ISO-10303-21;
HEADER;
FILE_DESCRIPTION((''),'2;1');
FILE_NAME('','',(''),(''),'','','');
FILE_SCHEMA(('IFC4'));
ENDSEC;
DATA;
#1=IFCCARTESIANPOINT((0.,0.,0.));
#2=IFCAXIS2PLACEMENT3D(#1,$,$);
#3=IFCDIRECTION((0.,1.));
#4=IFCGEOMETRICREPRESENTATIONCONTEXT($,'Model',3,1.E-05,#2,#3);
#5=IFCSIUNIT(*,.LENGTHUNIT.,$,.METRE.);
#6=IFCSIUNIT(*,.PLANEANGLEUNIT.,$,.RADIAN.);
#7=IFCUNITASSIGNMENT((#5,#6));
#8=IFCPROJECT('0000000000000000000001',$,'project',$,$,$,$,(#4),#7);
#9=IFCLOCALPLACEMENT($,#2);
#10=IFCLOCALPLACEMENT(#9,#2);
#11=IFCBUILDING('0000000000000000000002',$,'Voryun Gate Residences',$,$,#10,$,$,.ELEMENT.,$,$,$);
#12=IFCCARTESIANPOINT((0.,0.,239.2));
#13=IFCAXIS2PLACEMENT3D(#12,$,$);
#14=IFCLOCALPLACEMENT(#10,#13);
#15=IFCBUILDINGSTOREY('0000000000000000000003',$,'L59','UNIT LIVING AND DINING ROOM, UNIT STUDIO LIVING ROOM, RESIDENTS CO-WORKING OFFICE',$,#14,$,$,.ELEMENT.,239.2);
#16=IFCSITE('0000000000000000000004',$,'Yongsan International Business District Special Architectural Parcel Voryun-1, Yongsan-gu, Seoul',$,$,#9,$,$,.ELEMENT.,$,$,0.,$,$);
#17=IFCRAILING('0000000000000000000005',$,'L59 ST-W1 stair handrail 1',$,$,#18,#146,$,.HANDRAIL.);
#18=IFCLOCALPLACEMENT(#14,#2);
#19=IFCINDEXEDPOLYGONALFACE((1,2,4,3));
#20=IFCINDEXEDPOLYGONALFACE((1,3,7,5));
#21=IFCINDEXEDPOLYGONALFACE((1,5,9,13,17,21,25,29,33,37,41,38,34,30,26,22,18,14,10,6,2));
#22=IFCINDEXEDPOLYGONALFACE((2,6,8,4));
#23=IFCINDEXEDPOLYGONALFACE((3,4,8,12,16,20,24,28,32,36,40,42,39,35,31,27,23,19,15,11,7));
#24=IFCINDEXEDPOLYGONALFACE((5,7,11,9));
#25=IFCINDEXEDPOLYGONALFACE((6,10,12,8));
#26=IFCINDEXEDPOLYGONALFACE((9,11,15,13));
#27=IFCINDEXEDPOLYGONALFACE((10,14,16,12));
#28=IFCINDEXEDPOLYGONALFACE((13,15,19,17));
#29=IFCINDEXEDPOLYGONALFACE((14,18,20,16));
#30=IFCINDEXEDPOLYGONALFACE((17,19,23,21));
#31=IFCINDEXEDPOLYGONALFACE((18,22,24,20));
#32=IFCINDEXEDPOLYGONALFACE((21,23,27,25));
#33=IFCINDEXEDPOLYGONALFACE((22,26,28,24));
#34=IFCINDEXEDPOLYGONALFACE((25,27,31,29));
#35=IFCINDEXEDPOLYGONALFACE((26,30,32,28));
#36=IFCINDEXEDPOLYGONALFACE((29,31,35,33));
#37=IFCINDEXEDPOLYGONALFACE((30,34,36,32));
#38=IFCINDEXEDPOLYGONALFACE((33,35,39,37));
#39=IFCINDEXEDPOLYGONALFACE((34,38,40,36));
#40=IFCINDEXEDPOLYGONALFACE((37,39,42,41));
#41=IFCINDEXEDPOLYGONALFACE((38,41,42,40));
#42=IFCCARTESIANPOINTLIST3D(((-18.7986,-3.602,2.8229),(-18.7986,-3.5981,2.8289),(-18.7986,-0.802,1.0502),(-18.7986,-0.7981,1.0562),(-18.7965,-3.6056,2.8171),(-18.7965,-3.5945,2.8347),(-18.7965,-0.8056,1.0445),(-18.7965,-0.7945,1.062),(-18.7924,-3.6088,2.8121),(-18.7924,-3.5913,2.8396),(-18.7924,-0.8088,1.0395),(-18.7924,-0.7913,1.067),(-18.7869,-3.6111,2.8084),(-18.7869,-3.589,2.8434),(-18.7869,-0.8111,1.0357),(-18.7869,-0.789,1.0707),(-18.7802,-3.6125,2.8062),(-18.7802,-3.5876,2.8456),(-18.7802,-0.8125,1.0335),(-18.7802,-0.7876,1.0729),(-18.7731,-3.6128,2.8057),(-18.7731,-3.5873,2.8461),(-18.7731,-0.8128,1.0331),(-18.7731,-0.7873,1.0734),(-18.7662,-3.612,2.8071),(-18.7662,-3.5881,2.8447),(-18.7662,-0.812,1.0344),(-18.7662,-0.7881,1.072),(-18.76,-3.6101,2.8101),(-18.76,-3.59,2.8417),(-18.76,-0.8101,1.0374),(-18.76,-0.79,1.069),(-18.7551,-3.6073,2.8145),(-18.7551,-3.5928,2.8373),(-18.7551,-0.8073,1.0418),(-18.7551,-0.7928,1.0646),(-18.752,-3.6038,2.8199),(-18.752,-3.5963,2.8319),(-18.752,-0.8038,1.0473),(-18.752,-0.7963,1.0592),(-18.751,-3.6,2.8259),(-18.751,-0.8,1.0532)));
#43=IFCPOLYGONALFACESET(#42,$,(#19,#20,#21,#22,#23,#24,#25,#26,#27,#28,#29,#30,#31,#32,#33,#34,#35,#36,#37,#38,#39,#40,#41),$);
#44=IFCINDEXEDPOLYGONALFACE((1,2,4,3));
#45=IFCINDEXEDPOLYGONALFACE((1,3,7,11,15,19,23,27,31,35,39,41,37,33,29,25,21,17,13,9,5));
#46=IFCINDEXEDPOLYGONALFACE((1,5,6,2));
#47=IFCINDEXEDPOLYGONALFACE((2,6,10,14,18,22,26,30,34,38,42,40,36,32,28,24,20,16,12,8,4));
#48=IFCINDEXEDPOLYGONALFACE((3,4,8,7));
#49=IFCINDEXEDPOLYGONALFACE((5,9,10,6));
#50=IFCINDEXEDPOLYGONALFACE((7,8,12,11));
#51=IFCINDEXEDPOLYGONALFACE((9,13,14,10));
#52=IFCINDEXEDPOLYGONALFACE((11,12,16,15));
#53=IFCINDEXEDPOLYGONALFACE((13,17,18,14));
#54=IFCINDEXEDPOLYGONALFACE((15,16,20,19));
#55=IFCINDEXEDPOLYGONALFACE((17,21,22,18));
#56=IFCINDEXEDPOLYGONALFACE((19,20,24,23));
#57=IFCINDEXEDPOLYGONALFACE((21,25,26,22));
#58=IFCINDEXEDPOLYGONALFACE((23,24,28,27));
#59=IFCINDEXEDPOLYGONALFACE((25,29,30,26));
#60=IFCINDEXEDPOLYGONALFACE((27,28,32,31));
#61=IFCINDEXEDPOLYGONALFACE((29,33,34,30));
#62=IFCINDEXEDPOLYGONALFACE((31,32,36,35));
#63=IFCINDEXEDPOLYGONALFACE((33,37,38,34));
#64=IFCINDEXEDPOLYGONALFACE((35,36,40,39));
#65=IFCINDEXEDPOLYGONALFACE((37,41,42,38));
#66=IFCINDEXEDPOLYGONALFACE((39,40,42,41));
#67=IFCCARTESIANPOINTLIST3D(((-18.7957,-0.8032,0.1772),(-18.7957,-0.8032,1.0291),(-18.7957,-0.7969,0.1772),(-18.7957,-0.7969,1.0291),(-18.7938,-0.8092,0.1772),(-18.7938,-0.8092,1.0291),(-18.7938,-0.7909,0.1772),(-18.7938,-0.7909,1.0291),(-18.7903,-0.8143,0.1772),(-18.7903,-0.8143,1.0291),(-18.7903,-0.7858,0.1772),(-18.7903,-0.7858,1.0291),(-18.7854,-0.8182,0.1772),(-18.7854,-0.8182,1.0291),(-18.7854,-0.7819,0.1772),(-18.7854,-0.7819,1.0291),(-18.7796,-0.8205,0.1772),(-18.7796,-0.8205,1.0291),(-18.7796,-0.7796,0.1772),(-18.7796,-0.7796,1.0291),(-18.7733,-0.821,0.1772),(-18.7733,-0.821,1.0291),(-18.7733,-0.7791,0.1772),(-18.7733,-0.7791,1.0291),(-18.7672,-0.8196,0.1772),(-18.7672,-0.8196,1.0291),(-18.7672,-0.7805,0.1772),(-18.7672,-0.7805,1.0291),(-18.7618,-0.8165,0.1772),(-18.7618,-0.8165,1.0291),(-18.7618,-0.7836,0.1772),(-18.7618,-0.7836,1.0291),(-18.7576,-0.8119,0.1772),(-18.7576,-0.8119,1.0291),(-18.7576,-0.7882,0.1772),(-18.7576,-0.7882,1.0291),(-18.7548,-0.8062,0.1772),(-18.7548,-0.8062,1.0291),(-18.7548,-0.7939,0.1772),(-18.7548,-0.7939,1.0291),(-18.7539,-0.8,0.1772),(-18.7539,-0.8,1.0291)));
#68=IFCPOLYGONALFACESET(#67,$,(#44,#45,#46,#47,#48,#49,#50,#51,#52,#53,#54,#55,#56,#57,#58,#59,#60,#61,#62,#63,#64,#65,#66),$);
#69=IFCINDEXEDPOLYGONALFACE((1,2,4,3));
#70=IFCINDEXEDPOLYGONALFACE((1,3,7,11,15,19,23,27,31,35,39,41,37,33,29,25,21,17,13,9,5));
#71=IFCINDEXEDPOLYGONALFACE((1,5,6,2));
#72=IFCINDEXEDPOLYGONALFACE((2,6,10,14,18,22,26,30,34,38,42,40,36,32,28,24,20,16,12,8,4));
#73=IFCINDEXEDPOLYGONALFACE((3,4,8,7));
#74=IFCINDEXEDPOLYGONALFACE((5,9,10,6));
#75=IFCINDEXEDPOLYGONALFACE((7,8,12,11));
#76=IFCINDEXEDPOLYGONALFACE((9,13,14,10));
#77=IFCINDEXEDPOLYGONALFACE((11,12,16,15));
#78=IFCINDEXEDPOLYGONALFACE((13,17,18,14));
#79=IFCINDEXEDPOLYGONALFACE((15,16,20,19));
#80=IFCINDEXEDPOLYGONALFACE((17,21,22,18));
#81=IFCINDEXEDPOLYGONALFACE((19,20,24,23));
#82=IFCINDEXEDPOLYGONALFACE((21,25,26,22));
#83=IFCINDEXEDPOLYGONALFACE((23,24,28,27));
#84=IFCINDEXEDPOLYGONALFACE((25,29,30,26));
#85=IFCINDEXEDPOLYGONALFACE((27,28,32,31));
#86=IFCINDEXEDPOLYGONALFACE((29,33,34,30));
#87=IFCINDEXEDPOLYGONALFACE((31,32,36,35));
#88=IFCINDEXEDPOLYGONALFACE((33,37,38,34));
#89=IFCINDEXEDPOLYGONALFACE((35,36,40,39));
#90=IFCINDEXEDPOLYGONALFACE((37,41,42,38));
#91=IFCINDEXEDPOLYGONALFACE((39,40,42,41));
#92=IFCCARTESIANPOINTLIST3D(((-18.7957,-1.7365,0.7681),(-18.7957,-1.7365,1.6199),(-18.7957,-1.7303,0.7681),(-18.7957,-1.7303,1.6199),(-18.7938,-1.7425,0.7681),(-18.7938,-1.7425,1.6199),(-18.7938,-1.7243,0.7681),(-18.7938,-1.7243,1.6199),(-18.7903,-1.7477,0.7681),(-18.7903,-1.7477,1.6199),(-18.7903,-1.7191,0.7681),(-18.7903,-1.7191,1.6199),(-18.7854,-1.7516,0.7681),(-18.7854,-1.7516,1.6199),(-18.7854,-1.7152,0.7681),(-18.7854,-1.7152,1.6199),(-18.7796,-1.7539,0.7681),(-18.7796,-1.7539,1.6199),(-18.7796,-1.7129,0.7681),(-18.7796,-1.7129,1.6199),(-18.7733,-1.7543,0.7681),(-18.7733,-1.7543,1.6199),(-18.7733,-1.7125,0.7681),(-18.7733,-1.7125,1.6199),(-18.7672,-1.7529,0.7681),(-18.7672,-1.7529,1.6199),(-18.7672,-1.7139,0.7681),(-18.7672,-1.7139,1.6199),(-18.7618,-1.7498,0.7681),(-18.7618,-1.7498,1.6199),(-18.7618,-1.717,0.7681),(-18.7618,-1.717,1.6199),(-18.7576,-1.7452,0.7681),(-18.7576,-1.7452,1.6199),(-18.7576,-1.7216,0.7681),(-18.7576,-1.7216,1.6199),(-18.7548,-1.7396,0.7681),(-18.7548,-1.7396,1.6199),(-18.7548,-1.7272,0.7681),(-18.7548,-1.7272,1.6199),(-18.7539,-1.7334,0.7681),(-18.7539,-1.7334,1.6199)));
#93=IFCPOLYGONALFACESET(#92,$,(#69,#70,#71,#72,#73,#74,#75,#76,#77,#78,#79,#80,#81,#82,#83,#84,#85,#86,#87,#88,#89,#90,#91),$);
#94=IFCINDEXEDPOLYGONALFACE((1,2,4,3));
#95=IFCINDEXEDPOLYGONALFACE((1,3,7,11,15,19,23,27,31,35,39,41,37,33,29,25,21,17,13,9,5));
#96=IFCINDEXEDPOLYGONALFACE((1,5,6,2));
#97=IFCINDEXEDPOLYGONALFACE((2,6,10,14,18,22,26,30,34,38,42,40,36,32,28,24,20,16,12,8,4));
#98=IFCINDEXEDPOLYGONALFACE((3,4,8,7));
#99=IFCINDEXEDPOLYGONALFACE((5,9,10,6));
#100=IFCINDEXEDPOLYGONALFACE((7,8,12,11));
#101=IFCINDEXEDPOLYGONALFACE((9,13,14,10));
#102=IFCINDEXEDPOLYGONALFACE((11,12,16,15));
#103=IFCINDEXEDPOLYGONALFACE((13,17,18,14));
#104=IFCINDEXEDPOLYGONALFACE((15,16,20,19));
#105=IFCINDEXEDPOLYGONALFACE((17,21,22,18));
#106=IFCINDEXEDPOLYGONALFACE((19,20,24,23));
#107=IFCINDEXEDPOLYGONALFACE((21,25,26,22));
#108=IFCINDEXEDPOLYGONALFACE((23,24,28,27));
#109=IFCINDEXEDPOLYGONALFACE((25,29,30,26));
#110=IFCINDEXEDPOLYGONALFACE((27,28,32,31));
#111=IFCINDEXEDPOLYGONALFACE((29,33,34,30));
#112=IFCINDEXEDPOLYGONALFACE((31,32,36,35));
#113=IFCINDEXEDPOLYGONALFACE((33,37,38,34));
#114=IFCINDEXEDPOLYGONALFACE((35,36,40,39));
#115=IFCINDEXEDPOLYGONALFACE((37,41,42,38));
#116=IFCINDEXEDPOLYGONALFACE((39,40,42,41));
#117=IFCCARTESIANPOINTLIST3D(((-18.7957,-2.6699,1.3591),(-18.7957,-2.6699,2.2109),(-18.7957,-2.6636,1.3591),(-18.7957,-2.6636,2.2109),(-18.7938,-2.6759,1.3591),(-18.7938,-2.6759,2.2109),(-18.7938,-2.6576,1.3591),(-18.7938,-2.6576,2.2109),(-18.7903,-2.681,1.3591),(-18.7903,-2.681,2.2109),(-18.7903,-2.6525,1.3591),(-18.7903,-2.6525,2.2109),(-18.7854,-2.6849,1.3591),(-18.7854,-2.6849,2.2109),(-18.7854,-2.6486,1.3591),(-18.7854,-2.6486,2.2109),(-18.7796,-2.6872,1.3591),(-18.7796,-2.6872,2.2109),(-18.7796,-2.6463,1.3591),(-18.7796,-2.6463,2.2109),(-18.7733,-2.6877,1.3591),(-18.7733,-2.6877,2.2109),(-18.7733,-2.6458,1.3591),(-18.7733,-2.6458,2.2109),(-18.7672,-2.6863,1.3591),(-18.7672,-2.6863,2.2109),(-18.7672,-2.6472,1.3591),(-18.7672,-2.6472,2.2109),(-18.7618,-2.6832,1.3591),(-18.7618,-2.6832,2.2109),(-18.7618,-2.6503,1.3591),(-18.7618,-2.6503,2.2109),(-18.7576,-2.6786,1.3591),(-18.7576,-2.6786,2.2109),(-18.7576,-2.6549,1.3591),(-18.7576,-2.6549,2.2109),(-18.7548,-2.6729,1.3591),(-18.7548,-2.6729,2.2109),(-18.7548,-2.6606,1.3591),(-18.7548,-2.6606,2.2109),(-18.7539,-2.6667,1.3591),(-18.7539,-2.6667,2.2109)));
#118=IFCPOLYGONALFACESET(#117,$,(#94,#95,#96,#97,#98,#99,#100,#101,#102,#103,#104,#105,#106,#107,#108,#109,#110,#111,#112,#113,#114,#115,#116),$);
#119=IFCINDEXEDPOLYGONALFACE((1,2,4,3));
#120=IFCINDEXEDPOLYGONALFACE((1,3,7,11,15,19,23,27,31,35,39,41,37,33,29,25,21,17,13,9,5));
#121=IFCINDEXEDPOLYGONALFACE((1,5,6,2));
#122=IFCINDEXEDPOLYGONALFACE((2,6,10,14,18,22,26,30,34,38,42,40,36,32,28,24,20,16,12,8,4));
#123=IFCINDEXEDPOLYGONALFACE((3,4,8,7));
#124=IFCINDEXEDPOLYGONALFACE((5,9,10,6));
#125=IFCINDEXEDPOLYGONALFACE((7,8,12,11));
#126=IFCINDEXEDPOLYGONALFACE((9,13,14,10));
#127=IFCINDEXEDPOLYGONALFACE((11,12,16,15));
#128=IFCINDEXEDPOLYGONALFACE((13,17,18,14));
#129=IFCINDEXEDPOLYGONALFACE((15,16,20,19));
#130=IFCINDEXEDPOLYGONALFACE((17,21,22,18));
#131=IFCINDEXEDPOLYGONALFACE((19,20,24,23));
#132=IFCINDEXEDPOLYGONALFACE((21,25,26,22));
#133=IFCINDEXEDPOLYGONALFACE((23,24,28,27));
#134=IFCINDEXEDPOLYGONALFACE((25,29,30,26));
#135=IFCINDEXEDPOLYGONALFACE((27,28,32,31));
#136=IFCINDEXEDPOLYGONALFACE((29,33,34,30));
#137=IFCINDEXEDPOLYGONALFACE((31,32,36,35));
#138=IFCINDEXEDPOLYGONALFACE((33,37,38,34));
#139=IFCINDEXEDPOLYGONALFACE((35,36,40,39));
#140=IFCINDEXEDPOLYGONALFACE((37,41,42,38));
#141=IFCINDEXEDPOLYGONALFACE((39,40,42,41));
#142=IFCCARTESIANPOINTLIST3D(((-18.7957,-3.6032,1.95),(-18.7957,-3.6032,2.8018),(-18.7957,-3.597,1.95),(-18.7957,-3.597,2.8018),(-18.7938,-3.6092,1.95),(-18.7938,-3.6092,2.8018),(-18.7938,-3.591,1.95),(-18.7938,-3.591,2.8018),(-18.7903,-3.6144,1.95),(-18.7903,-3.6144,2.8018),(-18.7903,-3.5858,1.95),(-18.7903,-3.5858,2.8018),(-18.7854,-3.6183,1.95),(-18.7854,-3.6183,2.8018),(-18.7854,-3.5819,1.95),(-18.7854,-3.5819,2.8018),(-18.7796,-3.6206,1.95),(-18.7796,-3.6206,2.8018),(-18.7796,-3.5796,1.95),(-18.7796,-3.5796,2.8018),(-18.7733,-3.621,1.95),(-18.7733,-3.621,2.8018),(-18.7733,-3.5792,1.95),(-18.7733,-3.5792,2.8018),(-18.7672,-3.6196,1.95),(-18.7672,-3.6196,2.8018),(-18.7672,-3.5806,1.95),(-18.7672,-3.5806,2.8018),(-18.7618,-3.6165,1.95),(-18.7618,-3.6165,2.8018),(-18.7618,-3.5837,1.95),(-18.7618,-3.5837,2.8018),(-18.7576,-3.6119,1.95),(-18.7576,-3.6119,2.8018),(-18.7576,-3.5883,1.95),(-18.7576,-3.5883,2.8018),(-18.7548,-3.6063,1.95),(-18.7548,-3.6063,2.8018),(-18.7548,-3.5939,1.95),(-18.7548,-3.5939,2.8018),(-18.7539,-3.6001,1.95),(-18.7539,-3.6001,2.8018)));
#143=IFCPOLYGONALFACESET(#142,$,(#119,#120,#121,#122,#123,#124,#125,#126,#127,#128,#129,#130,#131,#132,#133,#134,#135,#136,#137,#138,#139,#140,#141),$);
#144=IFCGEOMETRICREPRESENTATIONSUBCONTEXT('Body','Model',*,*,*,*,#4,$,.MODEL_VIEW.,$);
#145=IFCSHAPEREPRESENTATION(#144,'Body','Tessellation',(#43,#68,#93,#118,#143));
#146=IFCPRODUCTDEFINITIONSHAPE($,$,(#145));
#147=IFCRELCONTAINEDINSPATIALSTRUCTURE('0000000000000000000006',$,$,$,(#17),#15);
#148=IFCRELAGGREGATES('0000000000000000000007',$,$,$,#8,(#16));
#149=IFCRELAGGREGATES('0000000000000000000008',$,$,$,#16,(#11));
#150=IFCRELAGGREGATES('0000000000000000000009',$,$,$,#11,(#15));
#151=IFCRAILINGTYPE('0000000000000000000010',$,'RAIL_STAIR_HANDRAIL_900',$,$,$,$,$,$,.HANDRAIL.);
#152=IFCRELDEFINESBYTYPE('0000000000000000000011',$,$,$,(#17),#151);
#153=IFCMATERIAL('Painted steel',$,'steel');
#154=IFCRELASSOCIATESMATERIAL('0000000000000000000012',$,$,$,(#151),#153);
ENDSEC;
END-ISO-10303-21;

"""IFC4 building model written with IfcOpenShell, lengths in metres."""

from ifc_helpers import new_model, si_unit, direction, frame, origin, origin_2d, place, context, subcontext, project, spatial, circle, extrude, material, type_object, element, save


model = new_model("IFC4")

# Units and contexts
model_context = context("Model", 3, precision=1e-05, world=origin(), true_north=direction((0.0, 1.0)))
body_context = subcontext(model_context, "Body", "Model", "MODEL_VIEW")
ifc_project = project(units=[si_unit("LENGTHUNIT", "METRE"), si_unit("PLANEANGLEUNIT", "RADIAN")], contexts=[model_context])

# Site, building, storey
site_placement = place(None, origin())
site = spatial("IfcSite", under=ifc_project, at=site_placement, Name="Yongsan International Business District Special Architectural Parcel Voryun-1, Yongsan-gu, Seoul", CompositionType="ELEMENT", RefElevation=0.0)
building_placement = place(site_placement, origin())
building = spatial("IfcBuilding", under=site, at=building_placement, Name="Voryun Gate Residences", CompositionType="ELEMENT")
storey_placement = place(building_placement, frame((0.0, 0.0, 239.2)))
storey = spatial("IfcBuildingStorey", under=building, at=storey_placement, Name="L59", Description="UNIT LIVING AND DINING ROOM, UNIT STUDIO LIVING ROOM, RESIDENTS CO-WORKING OFFICE", CompositionType="ELEMENT", Elevation=239.2)

# Railing
ifc_material_1 = material(Name="Painted steel", Category="steel")
railing_type_1 = type_object("IfcRailingType", Name="RAIL_STAIR_HANDRAIL_900", PredefinedType="HANDRAIL", material=ifc_material_1)
railing_1_placement = place(storey_placement, frame((-18.7749, -0.8, 0.1772)))
element("IfcRailing", 1, at=railing_1_placement, inside=storey, type_object=railing_type_1, Name="L59 ST-W1 stair handrail 1", PredefinedType="HANDRAIL", context=body_context, shape_type="SweptSolid", body=[
    extrude(circle(Radius=0.0239, at=origin_2d()), frame((0.0, 0.0, 0.876), z_axis=(0.0, -0.844909, 0.53491), x_axis=(1.0, 0.0, 0.0)), (0.0, 0.0, 1.0), 3.314),
    extrude(circle(Radius=0.021, at=origin_2d()), origin(), (0.0, 0.0, 1.0), 0.8518),
    extrude(circle(Radius=0.021, at=origin_2d()), frame((0.0, -0.9333, 0.5908)), (0.0, 0.0, 1.0), 0.8518),
    extrude(circle(Radius=0.021, at=origin_2d()), frame((0.0, -1.8667, 1.1819)), (0.0, 0.0, 1.0), 0.8518),
    extrude(circle(Radius=0.021, at=origin_2d()), frame((0.0, -2.8, 1.7727)), (0.0, 0.0, 1.0), 0.8518),
])

save(model, "model.ifc")
